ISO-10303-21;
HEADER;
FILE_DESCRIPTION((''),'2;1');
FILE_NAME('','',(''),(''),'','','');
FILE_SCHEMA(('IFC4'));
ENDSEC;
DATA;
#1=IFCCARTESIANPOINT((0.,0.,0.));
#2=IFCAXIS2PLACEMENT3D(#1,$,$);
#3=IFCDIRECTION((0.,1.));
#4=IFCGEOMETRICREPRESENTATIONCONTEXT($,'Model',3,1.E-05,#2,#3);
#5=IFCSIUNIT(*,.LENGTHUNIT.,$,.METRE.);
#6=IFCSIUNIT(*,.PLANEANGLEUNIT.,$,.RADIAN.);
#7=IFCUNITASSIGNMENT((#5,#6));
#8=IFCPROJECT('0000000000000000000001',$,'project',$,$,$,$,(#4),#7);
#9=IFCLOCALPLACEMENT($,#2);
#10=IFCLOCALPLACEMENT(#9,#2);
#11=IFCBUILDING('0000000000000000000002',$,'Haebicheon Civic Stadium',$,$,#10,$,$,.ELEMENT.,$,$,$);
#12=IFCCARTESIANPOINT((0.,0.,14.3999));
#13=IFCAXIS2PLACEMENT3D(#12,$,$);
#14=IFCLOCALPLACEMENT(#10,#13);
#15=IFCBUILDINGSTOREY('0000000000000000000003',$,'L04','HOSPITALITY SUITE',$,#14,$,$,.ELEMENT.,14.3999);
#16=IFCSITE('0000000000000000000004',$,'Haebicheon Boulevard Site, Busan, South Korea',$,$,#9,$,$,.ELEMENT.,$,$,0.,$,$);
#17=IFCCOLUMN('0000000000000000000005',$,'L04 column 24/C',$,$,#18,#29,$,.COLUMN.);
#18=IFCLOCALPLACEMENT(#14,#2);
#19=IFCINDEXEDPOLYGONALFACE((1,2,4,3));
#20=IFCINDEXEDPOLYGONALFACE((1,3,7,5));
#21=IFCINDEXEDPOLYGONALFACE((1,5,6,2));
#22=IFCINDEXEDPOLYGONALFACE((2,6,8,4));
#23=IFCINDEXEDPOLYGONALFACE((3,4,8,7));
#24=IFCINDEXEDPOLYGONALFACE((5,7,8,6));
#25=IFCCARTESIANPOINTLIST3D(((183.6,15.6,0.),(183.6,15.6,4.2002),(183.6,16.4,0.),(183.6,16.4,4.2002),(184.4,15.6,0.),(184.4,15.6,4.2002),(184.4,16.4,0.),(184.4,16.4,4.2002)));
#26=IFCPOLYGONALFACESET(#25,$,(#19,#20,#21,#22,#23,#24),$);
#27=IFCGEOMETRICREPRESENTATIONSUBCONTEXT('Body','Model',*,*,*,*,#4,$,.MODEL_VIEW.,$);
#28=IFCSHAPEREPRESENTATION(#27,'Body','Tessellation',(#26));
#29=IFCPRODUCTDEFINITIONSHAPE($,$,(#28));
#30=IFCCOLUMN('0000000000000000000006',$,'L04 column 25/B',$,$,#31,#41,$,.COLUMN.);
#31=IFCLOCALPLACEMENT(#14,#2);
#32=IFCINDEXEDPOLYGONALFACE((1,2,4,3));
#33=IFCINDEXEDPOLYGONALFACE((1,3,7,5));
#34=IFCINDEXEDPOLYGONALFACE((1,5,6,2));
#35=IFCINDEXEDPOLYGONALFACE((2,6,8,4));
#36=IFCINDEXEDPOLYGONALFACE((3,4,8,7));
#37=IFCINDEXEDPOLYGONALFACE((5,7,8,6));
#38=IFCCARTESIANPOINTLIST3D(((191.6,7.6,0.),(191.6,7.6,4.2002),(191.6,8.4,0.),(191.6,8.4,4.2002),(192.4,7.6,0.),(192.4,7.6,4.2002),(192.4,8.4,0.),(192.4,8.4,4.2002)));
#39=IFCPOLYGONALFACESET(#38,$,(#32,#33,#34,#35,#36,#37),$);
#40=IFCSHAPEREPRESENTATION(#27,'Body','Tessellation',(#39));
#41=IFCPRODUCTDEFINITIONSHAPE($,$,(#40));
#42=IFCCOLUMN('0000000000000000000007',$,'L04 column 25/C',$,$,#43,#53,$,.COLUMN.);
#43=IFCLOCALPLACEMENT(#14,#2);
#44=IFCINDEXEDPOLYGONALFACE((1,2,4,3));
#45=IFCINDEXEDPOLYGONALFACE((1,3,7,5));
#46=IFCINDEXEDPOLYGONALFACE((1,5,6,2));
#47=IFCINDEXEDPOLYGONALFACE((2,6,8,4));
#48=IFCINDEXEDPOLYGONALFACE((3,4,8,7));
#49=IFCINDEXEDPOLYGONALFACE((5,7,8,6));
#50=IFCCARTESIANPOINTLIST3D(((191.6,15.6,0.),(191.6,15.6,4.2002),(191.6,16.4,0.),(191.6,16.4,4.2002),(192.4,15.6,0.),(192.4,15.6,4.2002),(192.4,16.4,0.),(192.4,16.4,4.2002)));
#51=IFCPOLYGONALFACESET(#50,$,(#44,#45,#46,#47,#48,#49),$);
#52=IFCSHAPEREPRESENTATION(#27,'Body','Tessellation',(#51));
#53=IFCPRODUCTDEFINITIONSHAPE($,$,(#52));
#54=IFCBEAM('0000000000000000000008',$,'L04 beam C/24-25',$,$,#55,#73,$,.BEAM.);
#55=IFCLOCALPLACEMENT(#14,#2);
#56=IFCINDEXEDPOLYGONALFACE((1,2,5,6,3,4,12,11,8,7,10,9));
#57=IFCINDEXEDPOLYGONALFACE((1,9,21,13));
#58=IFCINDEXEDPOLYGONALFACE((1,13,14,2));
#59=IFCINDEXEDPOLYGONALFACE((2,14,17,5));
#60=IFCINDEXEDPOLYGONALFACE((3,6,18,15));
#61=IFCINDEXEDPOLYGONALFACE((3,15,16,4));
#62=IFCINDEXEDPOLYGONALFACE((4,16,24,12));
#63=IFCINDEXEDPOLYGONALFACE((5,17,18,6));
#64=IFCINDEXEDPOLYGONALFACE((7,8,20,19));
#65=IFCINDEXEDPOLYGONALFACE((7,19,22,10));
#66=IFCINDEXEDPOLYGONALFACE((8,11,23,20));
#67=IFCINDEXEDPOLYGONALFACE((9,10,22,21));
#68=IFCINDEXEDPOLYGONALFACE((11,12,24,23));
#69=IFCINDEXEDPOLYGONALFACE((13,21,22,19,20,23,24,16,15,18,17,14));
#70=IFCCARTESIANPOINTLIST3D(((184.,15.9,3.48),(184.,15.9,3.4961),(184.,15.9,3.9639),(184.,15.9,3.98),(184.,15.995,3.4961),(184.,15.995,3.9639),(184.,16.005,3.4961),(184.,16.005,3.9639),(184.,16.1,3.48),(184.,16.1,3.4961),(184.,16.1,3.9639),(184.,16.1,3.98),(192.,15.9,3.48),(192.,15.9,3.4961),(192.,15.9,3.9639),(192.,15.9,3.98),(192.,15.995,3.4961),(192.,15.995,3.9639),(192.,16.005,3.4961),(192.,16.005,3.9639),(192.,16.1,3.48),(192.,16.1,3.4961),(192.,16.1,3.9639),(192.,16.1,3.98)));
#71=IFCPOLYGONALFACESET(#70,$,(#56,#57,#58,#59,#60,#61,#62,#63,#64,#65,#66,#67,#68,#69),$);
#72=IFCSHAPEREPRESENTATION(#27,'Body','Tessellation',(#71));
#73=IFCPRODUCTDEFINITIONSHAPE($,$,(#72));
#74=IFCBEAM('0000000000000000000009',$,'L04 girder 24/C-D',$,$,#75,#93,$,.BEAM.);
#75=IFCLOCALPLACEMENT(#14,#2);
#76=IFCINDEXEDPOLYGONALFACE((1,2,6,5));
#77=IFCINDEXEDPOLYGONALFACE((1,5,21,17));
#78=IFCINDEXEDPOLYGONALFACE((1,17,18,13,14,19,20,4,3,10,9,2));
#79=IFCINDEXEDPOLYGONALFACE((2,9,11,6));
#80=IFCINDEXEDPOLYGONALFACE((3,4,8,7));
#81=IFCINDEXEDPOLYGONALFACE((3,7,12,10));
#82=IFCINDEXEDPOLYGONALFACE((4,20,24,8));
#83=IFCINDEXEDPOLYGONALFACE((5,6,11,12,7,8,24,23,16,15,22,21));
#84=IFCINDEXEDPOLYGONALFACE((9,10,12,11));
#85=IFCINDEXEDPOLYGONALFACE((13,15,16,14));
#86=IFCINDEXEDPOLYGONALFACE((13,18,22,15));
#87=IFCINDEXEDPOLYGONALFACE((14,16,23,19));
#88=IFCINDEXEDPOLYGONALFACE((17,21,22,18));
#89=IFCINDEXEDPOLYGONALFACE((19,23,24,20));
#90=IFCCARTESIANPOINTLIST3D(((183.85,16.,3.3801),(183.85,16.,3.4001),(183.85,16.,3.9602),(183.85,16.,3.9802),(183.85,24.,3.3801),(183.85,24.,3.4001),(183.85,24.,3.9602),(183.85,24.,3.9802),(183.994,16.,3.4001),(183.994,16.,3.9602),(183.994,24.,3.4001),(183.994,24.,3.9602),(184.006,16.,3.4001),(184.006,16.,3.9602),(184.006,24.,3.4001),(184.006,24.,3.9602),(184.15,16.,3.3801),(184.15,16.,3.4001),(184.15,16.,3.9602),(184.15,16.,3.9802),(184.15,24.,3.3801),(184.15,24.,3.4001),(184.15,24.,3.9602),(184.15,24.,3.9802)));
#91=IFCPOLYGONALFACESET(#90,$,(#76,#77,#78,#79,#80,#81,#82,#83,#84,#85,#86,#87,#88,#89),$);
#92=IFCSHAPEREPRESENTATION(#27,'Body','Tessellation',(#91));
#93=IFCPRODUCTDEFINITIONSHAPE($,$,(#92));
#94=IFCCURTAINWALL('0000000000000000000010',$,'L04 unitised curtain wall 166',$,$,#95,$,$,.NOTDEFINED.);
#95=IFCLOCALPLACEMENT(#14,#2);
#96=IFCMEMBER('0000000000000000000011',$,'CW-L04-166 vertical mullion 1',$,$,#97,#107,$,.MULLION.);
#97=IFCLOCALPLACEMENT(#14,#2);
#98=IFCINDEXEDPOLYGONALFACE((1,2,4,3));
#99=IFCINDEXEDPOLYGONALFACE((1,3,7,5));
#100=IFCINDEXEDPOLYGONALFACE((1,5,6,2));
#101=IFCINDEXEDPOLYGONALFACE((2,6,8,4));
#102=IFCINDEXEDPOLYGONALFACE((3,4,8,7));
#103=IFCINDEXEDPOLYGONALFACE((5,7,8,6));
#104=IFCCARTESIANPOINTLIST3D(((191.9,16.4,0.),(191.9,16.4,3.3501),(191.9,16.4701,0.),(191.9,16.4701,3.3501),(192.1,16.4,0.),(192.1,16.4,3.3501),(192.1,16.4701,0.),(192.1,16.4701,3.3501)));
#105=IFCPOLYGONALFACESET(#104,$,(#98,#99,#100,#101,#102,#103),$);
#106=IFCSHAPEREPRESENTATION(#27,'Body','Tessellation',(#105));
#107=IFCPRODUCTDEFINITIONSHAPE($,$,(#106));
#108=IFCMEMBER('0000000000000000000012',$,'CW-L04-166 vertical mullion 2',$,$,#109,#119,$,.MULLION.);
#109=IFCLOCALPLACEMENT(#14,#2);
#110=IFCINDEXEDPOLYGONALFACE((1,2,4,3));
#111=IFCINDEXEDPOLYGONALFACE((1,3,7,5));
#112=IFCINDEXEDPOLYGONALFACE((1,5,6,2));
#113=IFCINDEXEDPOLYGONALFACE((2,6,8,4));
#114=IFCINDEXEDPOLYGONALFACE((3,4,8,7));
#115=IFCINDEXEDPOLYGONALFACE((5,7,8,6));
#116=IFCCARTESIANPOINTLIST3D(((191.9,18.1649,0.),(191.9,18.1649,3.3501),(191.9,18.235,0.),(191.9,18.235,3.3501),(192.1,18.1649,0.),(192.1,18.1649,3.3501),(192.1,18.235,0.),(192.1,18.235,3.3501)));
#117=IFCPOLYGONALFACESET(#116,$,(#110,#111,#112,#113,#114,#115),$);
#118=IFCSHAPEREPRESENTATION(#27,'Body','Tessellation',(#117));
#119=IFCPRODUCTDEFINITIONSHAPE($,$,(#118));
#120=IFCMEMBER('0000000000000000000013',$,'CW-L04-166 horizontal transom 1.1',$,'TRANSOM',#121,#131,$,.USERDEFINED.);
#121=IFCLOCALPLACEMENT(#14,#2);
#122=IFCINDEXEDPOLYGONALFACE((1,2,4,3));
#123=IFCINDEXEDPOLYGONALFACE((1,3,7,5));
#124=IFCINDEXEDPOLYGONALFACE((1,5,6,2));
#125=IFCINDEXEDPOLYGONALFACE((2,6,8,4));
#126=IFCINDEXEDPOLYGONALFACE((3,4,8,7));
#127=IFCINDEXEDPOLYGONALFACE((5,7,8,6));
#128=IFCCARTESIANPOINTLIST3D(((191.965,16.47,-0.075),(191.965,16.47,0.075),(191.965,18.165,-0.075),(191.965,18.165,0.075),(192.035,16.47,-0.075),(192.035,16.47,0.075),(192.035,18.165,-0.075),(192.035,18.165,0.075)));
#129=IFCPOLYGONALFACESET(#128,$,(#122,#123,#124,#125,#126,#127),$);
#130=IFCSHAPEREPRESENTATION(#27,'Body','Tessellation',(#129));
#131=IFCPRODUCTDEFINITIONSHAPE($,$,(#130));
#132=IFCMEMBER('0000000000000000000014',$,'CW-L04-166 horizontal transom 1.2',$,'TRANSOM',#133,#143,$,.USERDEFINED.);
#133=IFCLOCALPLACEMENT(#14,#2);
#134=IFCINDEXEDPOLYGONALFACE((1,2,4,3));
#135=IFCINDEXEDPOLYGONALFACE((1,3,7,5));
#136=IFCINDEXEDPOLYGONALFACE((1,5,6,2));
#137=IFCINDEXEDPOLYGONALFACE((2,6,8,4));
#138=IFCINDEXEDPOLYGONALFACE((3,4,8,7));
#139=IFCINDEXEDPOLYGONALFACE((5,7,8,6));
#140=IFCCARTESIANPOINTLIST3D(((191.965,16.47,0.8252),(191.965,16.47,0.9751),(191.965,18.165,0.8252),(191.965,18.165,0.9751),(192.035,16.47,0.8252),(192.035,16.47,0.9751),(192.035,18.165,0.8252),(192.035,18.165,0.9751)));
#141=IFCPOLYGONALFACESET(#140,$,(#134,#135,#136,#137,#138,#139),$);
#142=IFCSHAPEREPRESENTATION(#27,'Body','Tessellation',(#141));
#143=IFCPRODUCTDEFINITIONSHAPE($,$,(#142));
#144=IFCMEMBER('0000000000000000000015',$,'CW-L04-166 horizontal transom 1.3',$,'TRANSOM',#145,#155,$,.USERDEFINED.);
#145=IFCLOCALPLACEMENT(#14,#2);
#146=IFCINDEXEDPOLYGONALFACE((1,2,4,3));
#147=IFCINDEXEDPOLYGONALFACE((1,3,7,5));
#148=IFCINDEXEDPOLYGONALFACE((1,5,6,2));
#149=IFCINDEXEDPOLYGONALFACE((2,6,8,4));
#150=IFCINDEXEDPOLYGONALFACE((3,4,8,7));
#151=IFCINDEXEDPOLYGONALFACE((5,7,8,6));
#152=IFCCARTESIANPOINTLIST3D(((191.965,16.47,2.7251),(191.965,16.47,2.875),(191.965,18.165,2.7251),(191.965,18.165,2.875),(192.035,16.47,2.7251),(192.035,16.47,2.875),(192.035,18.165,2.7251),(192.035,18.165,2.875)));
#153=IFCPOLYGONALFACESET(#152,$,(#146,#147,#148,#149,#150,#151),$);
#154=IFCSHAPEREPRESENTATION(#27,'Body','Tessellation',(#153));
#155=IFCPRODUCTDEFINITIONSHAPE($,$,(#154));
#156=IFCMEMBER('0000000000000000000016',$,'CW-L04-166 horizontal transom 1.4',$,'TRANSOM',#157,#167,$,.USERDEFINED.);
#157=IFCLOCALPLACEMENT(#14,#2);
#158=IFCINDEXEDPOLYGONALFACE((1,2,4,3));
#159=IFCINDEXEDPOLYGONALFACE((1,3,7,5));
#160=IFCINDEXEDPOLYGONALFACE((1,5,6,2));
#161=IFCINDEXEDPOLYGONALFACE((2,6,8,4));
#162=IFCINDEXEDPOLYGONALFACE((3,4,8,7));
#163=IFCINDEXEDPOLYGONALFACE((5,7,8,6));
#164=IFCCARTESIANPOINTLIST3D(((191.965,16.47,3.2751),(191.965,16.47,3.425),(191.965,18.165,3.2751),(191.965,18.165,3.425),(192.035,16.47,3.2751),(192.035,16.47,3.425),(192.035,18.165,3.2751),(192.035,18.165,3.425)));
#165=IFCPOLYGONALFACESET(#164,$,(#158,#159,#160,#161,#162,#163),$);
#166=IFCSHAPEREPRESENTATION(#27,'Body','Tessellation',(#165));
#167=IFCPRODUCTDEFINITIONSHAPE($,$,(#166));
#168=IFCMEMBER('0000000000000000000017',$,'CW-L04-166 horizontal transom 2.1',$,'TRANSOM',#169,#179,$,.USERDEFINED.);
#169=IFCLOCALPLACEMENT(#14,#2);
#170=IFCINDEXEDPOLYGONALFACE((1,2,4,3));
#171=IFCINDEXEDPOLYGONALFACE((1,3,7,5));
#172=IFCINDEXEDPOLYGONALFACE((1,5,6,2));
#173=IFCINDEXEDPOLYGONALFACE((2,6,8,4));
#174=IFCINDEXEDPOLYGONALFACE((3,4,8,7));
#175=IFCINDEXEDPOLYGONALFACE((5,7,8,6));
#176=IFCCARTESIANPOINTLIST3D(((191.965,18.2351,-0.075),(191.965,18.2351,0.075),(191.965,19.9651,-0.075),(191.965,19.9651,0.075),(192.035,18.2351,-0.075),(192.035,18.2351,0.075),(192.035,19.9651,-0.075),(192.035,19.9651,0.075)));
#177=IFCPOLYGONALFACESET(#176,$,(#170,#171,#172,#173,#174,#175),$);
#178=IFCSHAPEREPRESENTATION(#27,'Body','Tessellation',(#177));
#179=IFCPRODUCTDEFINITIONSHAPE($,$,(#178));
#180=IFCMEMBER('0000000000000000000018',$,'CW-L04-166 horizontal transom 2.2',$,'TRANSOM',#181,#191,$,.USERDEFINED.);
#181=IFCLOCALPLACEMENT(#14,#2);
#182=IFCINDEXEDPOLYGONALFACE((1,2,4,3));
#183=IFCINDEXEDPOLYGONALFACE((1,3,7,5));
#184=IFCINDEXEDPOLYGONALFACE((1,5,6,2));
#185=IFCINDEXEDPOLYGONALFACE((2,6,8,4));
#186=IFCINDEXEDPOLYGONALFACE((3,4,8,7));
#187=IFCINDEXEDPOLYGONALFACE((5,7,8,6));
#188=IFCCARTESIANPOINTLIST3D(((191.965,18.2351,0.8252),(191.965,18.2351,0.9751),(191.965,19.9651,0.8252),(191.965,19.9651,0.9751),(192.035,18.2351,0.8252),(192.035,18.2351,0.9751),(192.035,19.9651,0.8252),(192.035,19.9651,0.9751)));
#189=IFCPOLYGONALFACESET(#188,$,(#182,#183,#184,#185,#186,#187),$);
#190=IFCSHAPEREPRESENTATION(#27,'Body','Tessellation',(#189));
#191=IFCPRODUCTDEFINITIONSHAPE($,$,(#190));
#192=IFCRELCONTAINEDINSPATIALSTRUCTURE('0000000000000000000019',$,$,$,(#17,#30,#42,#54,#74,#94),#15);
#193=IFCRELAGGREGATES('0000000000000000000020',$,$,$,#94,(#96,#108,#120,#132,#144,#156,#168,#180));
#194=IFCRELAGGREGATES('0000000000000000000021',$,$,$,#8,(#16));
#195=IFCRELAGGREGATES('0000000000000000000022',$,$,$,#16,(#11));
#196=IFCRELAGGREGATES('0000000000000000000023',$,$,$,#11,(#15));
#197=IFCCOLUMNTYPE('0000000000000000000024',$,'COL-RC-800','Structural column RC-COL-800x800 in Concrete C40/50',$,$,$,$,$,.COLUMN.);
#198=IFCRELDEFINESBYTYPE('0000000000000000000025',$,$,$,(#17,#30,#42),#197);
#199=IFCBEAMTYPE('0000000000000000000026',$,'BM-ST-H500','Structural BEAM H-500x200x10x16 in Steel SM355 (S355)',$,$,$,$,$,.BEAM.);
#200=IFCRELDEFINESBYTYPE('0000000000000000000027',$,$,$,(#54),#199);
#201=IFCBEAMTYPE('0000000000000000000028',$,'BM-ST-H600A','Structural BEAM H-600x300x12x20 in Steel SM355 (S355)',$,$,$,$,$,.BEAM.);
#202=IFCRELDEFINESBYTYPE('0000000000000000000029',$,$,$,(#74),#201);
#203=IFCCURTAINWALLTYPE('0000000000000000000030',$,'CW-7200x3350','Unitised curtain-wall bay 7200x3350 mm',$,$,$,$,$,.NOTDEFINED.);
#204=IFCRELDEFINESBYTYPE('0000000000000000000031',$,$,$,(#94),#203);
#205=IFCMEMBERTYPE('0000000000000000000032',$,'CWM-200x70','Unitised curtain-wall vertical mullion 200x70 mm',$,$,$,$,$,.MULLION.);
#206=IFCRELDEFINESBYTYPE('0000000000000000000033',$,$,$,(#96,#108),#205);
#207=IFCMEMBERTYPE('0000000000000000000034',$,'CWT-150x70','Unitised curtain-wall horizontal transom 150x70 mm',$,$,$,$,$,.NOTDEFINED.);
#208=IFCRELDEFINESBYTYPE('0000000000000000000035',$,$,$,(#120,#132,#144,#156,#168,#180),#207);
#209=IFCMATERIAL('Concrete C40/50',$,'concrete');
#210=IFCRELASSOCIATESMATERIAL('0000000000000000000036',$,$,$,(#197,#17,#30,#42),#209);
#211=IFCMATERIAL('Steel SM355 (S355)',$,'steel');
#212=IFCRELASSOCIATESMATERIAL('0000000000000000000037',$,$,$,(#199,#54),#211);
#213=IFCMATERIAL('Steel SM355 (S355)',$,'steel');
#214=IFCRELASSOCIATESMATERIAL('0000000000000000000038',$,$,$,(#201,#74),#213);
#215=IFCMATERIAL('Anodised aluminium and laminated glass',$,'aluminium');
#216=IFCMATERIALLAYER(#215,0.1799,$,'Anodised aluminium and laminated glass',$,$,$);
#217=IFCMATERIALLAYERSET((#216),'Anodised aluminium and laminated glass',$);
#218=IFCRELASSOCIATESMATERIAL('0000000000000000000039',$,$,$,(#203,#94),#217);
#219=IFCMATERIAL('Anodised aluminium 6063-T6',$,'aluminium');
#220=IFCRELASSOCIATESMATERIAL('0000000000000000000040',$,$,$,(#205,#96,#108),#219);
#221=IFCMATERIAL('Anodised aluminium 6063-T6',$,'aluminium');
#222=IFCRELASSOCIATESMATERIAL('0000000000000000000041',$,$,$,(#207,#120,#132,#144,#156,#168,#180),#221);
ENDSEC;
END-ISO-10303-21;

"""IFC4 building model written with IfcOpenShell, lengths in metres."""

from ifc_helpers import new_model, si_unit, direction, frame, origin, origin_2d, place, context, subcontext, project, spatial, rectangle, i_section, extrude, material, layer, layer_set, material_profile, profile_set, type_object, element, aggregate, save


model = new_model("IFC4")

# Units and contexts
model_context = context("Model", 3, precision=1e-05, world=origin(), true_north=direction((0.0, 1.0)))
body_context = subcontext(model_context, "Body", "Model", "MODEL_VIEW")
ifc_project = project(units=[si_unit("LENGTHUNIT", "METRE"), si_unit("PLANEANGLEUNIT", "RADIAN")], contexts=[model_context])

# Site, building, storey
site_placement = place(None, origin())
site = spatial("IfcSite", under=ifc_project, at=site_placement, Name="Haebicheon Boulevard Site, Busan, South Korea", CompositionType="ELEMENT", RefElevation=0.0)
building_placement = place(site_placement, origin())
building = spatial("IfcBuilding", under=site, at=building_placement, Name="Haebicheon Civic Stadium", CompositionType="ELEMENT")
storey_placement = place(building_placement, frame((0.0, 0.0, 14.3999)))
storey = spatial("IfcBuildingStorey", under=building, at=storey_placement, Name="L04", Description="HOSPITALITY SUITE", CompositionType="ELEMENT", Elevation=14.3999)

# Columns
ifc_material_1 = material(Name="Concrete C40/50", Category="concrete")
ifc_material_profile_1 = material_profile(ifc_material_1, rectangle(XDim=0.8, YDim=0.8, at=origin_2d()), Name="RC-COL-800x800")
ifc_profile_set_1 = profile_set([ifc_material_profile_1], Name="Concrete C40/50")
column_type = type_object("IfcColumnType", Name="COL-RC-800", Description="Structural column RC-COL-800x800 in Concrete C40/50", PredefinedType="COLUMN", material=ifc_profile_set_1)
for number, where, z_axis, x_axis, name in (
    (1, (184.0, 16.0, 0.0), (0.0, 0.0, 1.0), (1.0, 0.0, 0.0), "L04 column 24/C"),
    (2, (192.0, 8.0, 0.0), (0.0, 0.0, 1.0), (1.0, 0.0, 0.0), "L04 column 25/B"),
    (3, (192.0, 16.0, 0.0), (0.0, 0.0, 1.0), (1.0, 0.0, 0.0), "L04 column 25/C"),
):
    element("IfcColumn", number, at=place(storey_placement, frame(where, z_axis=z_axis, x_axis=x_axis)), inside=storey, type_object=column_type, material=ifc_profile_set_1, Name=name, PredefinedType="COLUMN", context=body_context, shape_type="SweptSolid", body=[
        extrude(rectangle(XDim=0.8, YDim=0.8, at=origin_2d()), origin(), (0.0, 0.0, 1.0), 4.2002),
    ])

# Beams
ifc_material_2 = material(Name="Steel SM355 (S355)", Category="steel")
ifc_material_profile_2 = material_profile(ifc_material_2, i_section(OverallWidth=0.2, OverallDepth=0.5, WebThickness=0.01, FlangeThickness=0.0161, at=origin_2d()), Name="H-500x200x10x16")
ifc_profile_set_2 = profile_set([ifc_material_profile_2], Name="Steel SM355 (S355)")
beam_type_1 = type_object("IfcBeamType", Name="BM-ST-H500", Description="Structural BEAM H-500x200x10x16 in Steel SM355 (S355)", PredefinedType="BEAM", material=ifc_profile_set_2)
beam_1_placement = place(storey_placement, frame((184.0, 16.0, 3.73), z_axis=(1.0, 0.0, 0.0), x_axis=(0.0, 1.0, 0.0)))
element("IfcBeam", 4, at=beam_1_placement, inside=storey, type_object=beam_type_1, material=ifc_profile_set_2, Name="L04 beam C/24-25", PredefinedType="BEAM", context=body_context, shape_type="SweptSolid", body=[
    extrude(i_section(OverallWidth=0.2, OverallDepth=0.5, WebThickness=0.01, FlangeThickness=0.0161, at=origin_2d()), origin(), (0.0, 0.0, 1.0), 8.0),
])
ifc_material_3 = material(Name="Steel SM355 (S355)", Category="steel")
ifc_material_profile_3 = material_profile(ifc_material_3, i_section(OverallWidth=0.3, OverallDepth=0.6001, WebThickness=0.012, FlangeThickness=0.02, at=origin_2d()), Name="H-600x300x12x20")
ifc_profile_set_3 = profile_set([ifc_material_profile_3], Name="Steel SM355 (S355)")
beam_type_2 = type_object("IfcBeamType", Name="BM-ST-H600A", Description="Structural BEAM H-600x300x12x20 in Steel SM355 (S355)", PredefinedType="BEAM", material=ifc_profile_set_3)
beam_2_placement = place(storey_placement, frame((184.0, 16.0, 3.6802), z_axis=(0.0, 1.0, 0.0), x_axis=(-1.0, 0.0, 0.0)))
element("IfcBeam", 5, at=beam_2_placement, inside=storey, type_object=beam_type_2, material=ifc_profile_set_3, Name="L04 girder 24/C-D", PredefinedType="BEAM", context=body_context, shape_type="SweptSolid", body=[
    extrude(i_section(OverallWidth=0.3, OverallDepth=0.6001, WebThickness=0.012, FlangeThickness=0.02, at=origin_2d()), origin(), (0.0, 0.0, 1.0), 8.0),
])

# Curtain wall, members
ifc_material_4 = material(Name="Anodised aluminium and laminated glass", Category="aluminium")
ifc_layer_1 = layer(ifc_material_4, 0.1799, Name="Anodised aluminium and laminated glass")
ifc_layer_set_1 = layer_set([ifc_layer_1], Name="Anodised aluminium and laminated glass")
curtain_wall_type = type_object("IfcCurtainWallType", Name="CW-7200x3350", Description="Unitised curtain-wall bay 7200x3350 mm", PredefinedType="NOTDEFINED", material=ifc_layer_set_1)
curtain_wall_placement = place(storey_placement, origin())
curtain_wall = element("IfcCurtainWall", 6, at=curtain_wall_placement, inside=storey, type_object=curtain_wall_type, material=ifc_layer_set_1, Name="L04 unitised curtain wall 166", PredefinedType="NOTDEFINED")
ifc_material_5 = material(Name="Anodised aluminium 6063-T6", Category="aluminium")
ifc_material_profile_4 = material_profile(ifc_material_5, rectangle(XDim=0.0701, YDim=0.2, at=origin_2d()), Name="ALU-MULL-70x200")
ifc_profile_set_4 = profile_set([ifc_material_profile_4], Name="Anodised aluminium 6063-T6")
member_type_1 = type_object("IfcMemberType", Name="CWM-200x70", Description="Unitised curtain-wall vertical mullion 200x70 mm", PredefinedType="MULLION", material=ifc_profile_set_4)
member_1_placement = place(storey_placement, frame((192.0, 16.4351, 0.0), z_axis=(0.0, 0.0, 1.0), x_axis=(0.0, 1.0, 0.0)))
member_1 = element("IfcMember", 7, at=member_1_placement, type_object=member_type_1, material=ifc_profile_set_4, Name="CW-L04-166 vertical mullion 1", PredefinedType="MULLION", context=body_context, shape_type="SweptSolid", body=[
    extrude(rectangle(XDim=0.0701, YDim=0.2, at=origin_2d()), origin(), (0.0, 0.0, 1.0), 3.3501),
])
member_2_placement = place(storey_placement, frame((192.0, 18.2, 0.0), z_axis=(0.0, 0.0, 1.0), x_axis=(0.0, 1.0, 0.0)))
member_2 = element("IfcMember", 8, at=member_2_placement, type_object=member_type_1, material=ifc_profile_set_4, Name="CW-L04-166 vertical mullion 2", PredefinedType="MULLION", context=body_context, shape_type="SweptSolid", body=[
    extrude(rectangle(XDim=0.0701, YDim=0.2, at=origin_2d()), origin(), (0.0, 0.0, 1.0), 3.3501),
])
ifc_material_6 = material(Name="Anodised aluminium 6063-T6", Category="aluminium")
ifc_material_profile_5 = material_profile(ifc_material_6, rectangle(XDim=0.0701, YDim=0.1499, at=origin_2d()), Name="ALU-TRAN-70x150")
ifc_profile_set_5 = profile_set([ifc_material_profile_5], Name="Anodised aluminium 6063-T6")
member_type_2 = type_object("IfcMemberType", Name="CWT-150x70", Description="Unitised curtain-wall horizontal transom 150x70 mm", PredefinedType="NOTDEFINED", material=ifc_profile_set_5)
member_3_placement = place(storey_placement, frame((192.0, 16.47, 0.0), z_axis=(0.0, 1.0, 0.0), x_axis=(-1.0, 0.0, 0.0)))
member_3 = element("IfcMember", 9, at=member_3_placement, type_object=member_type_2, material=ifc_profile_set_5, Name="CW-L04-166 horizontal transom 1.1", ObjectType="TRANSOM", PredefinedType="USERDEFINED", context=body_context, shape_type="SweptSolid", body=[
    extrude(rectangle(XDim=0.0701, YDim=0.1499, at=origin_2d()), origin(), (0.0, 0.0, 1.0), 1.6951),
])
member_4_placement = place(storey_placement, frame((192.0, 16.47, 0.9001), z_axis=(0.0, 1.0, 0.0), x_axis=(-1.0, 0.0, 0.0)))
member_4 = element("IfcMember", 10, at=member_4_placement, type_object=member_type_2, material=ifc_profile_set_5, Name="CW-L04-166 horizontal transom 1.2", ObjectType="TRANSOM", PredefinedType="USERDEFINED", context=body_context, shape_type="SweptSolid", body=[
    extrude(rectangle(XDim=0.0701, YDim=0.1499, at=origin_2d()), origin(), (0.0, 0.0, 1.0), 1.6951),
])
member_5_placement = place(storey_placement, frame((192.0, 16.47, 2.8), z_axis=(0.0, 1.0, 0.0), x_axis=(-1.0, 0.0, 0.0)))
member_5 = element("IfcMember", 11, at=member_5_placement, type_object=member_type_2, material=ifc_profile_set_5, Name="CW-L04-166 horizontal transom 1.3", ObjectType="TRANSOM", PredefinedType="USERDEFINED", context=body_context, shape_type="SweptSolid", body=[
    extrude(rectangle(XDim=0.0701, YDim=0.1499, at=origin_2d()), origin(), (0.0, 0.0, 1.0), 1.6951),
])
member_6_placement = place(storey_placement, frame((192.0, 16.47, 3.3501), z_axis=(0.0, 1.0, 0.0), x_axis=(-1.0, 0.0, 0.0)))
member_6 = element("IfcMember", 12, at=member_6_placement, type_object=member_type_2, material=ifc_profile_set_5, Name="CW-L04-166 horizontal transom 1.4", ObjectType="TRANSOM", PredefinedType="USERDEFINED", context=body_context, shape_type="SweptSolid", body=[
    extrude(rectangle(XDim=0.0701, YDim=0.1499, at=origin_2d()), origin(), (0.0, 0.0, 1.0), 1.6951),
])
member_7_placement = place(storey_placement, frame((192.0, 18.2351, 0.0), z_axis=(0.0, 1.0, 0.0), x_axis=(-1.0, 0.0, 0.0)))
member_7 = element("IfcMember", 13, at=member_7_placement, type_object=member_type_2, material=ifc_profile_set_5, Name="CW-L04-166 horizontal transom 2.1", ObjectType="TRANSOM", PredefinedType="USERDEFINED", context=body_context, shape_type="SweptSolid", body=[
    extrude(rectangle(XDim=0.0701, YDim=0.1499, at=origin_2d()), origin(), (0.0, 0.0, 1.0), 1.73),
])
member_8_placement = place(storey_placement, frame((192.0, 18.2351, 0.9001), z_axis=(0.0, 1.0, 0.0), x_axis=(-1.0, 0.0, 0.0)))
member_8 = element("IfcMember", 14, at=member_8_placement, type_object=member_type_2, material=ifc_profile_set_5, Name="CW-L04-166 horizontal transom 2.2", ObjectType="TRANSOM", PredefinedType="USERDEFINED", context=body_context, shape_type="SweptSolid", body=[
    extrude(rectangle(XDim=0.0701, YDim=0.1499, at=origin_2d()), origin(), (0.0, 0.0, 1.0), 1.73),
])

aggregate(curtain_wall, [member_1, member_2, member_3, member_4, member_5, member_6, member_7, member_8])

save(model, "model.ifc")
